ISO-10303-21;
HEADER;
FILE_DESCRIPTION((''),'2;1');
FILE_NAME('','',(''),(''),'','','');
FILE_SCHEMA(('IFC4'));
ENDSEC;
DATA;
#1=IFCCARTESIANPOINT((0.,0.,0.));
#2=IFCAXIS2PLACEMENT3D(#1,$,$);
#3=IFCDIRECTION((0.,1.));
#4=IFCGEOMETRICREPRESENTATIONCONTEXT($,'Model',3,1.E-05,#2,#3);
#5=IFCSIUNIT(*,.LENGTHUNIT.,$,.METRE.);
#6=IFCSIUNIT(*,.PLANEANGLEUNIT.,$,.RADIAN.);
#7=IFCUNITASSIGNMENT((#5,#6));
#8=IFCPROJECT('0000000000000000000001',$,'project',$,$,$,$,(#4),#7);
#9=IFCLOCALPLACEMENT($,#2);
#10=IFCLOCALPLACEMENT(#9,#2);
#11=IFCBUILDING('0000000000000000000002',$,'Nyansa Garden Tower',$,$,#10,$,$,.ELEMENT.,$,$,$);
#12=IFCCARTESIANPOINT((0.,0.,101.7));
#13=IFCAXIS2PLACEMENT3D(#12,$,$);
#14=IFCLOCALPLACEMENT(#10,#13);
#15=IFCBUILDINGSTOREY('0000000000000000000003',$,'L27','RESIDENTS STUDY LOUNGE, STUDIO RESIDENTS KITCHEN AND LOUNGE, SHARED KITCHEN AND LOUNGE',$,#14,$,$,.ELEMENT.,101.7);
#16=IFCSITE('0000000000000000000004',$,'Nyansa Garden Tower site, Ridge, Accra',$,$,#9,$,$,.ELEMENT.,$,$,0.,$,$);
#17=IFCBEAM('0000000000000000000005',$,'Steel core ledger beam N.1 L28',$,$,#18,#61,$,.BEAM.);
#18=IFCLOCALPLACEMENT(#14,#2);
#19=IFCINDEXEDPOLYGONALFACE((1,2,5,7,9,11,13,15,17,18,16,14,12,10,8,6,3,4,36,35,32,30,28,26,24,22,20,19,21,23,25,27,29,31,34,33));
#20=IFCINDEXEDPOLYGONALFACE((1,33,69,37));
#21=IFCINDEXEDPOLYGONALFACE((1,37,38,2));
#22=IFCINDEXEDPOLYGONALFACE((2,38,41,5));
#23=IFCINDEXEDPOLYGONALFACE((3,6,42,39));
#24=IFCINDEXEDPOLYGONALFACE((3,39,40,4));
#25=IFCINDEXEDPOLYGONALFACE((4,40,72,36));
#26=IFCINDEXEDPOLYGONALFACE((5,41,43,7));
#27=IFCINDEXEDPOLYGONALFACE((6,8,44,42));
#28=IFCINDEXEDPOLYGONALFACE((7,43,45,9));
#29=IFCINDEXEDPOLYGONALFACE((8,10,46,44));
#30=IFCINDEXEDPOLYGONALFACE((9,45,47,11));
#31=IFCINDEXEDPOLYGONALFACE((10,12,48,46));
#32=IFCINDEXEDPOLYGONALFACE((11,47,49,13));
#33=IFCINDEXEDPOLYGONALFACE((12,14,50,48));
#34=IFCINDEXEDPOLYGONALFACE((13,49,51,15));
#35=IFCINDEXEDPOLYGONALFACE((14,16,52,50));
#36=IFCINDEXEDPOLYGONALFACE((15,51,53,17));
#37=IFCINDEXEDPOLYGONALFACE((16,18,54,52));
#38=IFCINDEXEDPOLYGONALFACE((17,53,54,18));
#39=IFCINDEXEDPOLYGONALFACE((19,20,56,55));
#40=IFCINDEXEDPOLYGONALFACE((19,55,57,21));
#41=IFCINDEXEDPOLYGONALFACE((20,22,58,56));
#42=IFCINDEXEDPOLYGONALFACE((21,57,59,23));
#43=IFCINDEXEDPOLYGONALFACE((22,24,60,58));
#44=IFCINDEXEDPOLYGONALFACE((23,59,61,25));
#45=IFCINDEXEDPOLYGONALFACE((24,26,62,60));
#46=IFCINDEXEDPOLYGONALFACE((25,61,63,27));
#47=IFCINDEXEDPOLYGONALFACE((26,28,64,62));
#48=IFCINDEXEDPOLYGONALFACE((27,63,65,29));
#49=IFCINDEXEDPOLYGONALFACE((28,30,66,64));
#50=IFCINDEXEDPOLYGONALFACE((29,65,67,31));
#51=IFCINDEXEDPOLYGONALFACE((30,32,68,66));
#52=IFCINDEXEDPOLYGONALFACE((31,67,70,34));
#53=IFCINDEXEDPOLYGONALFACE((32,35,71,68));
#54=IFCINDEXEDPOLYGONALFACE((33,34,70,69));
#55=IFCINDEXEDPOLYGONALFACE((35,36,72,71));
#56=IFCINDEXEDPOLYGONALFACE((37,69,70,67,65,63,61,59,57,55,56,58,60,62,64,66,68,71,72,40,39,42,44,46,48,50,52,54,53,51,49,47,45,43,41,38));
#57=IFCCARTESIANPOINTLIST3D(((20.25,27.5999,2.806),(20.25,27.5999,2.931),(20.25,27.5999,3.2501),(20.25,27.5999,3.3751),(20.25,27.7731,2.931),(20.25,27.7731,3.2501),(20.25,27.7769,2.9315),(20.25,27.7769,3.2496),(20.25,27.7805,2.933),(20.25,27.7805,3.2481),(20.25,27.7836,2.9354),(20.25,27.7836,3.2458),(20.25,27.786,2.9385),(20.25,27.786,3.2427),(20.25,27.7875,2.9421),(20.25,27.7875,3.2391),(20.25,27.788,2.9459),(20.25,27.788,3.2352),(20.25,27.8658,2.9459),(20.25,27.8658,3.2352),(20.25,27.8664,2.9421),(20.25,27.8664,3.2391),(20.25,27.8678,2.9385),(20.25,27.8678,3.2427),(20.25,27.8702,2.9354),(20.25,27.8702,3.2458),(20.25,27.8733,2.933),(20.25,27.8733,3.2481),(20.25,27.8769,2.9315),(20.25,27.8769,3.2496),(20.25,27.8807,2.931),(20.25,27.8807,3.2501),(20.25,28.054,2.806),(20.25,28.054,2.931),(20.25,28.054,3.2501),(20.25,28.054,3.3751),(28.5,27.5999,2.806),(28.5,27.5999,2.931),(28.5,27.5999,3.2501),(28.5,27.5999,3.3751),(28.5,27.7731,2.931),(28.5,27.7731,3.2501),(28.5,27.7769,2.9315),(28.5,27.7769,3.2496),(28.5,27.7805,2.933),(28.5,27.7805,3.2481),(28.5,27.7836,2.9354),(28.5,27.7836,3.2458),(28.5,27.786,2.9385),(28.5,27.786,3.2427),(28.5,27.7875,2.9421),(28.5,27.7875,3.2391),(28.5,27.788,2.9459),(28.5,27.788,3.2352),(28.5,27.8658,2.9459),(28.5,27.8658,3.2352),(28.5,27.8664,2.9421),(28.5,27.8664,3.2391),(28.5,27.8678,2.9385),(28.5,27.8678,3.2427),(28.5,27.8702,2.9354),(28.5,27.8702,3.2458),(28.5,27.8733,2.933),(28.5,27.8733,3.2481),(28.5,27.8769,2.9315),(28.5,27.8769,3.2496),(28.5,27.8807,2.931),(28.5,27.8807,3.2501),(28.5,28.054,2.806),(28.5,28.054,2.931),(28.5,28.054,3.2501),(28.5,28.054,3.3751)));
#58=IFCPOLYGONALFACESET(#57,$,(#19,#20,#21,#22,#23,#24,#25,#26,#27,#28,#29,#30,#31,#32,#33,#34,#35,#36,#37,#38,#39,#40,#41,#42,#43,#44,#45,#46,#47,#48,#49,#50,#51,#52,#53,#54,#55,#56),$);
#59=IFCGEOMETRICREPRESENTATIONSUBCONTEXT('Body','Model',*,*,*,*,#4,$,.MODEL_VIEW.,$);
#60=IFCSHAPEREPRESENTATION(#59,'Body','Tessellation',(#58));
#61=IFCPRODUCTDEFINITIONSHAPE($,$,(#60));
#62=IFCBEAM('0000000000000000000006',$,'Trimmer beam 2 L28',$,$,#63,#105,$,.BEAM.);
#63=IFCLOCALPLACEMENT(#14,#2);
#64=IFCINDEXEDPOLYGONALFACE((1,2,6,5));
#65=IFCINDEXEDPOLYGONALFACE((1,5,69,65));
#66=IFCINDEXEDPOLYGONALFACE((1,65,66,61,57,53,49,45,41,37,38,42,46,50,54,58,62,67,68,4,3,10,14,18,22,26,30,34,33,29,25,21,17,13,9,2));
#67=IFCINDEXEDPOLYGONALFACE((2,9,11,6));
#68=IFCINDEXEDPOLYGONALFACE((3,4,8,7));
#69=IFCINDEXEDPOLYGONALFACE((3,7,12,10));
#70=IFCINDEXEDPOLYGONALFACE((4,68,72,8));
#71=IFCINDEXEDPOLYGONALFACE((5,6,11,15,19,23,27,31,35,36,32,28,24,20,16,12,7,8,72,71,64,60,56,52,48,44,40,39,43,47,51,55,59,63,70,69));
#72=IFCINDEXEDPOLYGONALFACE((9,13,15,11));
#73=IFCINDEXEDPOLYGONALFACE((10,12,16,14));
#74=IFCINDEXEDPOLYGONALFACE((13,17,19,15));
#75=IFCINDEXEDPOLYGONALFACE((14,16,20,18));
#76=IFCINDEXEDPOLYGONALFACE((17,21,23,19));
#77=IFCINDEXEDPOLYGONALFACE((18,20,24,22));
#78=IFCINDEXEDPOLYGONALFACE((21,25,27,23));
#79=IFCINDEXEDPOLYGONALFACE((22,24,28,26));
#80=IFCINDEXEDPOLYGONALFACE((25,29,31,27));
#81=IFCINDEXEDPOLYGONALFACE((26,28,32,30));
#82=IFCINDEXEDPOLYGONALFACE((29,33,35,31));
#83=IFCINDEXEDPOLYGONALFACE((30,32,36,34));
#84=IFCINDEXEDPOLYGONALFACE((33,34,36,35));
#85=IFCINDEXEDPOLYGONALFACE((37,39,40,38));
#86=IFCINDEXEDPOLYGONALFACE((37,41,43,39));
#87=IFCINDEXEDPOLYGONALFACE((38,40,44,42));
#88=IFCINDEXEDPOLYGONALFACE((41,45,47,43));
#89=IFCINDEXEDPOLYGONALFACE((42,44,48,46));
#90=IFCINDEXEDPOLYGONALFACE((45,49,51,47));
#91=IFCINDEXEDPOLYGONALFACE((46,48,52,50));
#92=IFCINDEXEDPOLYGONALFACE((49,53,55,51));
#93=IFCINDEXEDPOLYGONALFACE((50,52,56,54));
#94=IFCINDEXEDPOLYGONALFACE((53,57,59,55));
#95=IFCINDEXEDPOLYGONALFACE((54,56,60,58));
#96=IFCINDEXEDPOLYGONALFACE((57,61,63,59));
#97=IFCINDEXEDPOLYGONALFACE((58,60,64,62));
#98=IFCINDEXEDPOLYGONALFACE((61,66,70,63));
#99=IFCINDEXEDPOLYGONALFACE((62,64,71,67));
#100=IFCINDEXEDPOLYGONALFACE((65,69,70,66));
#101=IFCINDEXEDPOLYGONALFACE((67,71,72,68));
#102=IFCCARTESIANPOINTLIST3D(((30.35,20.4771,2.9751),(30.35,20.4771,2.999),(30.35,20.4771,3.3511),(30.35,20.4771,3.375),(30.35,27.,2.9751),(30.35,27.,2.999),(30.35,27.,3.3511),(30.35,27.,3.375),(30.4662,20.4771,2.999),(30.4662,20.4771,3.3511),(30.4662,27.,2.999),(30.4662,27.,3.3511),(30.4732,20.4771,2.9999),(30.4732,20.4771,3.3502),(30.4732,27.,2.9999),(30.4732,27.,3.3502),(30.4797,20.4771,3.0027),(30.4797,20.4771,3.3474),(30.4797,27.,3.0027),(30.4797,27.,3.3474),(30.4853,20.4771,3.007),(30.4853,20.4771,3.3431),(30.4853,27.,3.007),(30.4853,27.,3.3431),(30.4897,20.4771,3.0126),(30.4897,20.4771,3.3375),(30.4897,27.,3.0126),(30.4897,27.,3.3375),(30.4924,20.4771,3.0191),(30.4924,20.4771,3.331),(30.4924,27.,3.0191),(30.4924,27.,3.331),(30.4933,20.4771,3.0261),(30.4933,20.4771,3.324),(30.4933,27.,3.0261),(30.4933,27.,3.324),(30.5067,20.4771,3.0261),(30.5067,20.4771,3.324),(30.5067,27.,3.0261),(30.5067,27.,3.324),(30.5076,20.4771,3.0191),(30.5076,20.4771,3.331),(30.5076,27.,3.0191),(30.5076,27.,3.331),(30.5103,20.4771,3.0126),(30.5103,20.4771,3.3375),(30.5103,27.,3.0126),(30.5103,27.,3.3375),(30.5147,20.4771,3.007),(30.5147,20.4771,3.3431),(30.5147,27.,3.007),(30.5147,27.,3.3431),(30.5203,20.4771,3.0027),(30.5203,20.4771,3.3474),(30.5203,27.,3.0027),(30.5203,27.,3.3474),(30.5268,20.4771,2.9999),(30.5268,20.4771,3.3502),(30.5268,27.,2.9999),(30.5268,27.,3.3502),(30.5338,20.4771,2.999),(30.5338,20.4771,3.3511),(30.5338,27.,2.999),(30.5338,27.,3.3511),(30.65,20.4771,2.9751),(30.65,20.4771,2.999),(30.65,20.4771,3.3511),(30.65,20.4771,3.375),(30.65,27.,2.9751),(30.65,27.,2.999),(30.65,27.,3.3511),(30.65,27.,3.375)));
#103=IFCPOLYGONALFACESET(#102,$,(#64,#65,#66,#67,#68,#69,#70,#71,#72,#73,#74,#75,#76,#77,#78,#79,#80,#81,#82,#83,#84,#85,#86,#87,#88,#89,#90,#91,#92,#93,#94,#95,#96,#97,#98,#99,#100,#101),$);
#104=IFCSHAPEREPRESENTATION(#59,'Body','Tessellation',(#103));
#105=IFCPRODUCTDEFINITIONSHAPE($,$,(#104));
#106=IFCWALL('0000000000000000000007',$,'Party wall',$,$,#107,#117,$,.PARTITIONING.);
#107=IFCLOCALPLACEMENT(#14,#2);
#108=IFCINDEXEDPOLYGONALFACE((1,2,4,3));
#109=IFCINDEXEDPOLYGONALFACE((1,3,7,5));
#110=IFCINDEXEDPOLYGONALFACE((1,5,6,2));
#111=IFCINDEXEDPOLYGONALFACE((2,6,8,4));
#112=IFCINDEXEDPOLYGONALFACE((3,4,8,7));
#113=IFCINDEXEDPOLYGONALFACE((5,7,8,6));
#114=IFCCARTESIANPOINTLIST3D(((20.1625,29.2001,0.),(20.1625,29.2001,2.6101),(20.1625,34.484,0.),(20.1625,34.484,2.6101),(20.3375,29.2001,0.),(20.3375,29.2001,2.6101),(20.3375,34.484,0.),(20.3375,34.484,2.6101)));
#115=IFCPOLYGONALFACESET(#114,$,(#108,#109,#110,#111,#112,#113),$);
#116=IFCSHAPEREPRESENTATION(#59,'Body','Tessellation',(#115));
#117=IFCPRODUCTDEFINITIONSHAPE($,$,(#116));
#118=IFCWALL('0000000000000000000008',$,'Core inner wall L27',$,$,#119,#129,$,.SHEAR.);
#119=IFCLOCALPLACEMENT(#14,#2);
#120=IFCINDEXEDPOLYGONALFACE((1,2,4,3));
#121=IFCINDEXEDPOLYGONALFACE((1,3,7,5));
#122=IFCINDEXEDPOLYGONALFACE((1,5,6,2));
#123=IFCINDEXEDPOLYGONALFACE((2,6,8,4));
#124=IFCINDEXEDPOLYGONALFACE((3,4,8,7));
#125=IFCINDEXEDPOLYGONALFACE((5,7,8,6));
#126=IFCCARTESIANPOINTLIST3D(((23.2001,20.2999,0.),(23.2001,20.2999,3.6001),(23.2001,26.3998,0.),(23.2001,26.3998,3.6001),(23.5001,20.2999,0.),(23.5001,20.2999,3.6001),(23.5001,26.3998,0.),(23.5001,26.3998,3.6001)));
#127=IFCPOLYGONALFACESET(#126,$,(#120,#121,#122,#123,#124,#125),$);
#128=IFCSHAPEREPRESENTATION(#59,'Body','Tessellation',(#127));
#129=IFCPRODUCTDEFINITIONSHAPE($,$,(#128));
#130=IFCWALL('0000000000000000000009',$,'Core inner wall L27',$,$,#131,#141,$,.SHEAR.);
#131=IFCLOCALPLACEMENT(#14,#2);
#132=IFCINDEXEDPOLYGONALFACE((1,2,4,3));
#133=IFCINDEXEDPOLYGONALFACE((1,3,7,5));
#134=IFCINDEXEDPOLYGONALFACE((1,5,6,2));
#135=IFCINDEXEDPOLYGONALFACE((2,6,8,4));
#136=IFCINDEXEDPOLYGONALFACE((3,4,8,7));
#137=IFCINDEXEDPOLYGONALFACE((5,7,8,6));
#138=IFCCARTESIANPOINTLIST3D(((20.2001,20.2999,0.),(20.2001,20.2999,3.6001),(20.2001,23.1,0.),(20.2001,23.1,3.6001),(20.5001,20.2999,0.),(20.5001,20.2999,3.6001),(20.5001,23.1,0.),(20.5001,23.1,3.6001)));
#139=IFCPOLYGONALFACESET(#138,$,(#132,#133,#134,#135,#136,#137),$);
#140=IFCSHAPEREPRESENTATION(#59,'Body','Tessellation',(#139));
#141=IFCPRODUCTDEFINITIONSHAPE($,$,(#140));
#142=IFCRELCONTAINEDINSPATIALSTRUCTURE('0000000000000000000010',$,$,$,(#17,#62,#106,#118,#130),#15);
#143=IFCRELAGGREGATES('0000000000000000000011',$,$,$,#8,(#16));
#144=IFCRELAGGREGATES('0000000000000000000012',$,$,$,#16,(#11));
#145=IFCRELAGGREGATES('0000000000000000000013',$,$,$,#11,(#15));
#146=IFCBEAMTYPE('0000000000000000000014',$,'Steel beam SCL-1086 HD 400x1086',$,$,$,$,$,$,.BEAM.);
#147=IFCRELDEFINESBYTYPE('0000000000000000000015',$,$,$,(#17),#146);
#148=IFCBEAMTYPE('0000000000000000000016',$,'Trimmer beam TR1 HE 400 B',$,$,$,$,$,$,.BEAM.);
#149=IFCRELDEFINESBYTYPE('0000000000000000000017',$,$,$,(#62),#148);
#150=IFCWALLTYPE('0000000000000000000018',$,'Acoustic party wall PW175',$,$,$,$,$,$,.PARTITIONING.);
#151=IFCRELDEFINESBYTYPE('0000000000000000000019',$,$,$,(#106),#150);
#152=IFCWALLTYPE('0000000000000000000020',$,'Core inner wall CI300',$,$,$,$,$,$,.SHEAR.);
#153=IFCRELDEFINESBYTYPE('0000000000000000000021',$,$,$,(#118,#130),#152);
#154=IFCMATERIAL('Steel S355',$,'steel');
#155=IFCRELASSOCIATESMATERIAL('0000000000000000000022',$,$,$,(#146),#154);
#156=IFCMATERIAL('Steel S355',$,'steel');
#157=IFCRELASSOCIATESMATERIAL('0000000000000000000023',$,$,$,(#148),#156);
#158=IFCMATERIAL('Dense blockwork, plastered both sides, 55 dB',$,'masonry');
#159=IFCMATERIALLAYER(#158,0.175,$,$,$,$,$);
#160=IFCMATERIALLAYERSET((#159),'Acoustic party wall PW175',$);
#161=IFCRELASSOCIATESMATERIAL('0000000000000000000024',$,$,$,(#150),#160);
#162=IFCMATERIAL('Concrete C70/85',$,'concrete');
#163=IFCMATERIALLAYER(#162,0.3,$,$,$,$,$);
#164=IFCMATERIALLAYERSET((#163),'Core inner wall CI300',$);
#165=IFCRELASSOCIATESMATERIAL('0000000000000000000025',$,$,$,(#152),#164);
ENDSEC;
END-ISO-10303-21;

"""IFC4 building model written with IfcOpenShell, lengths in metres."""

from ifc_helpers import new_model, si_unit, direction, frame, frame_2d, origin, origin_2d, place, context, subcontext, project, spatial, rectangle, i_section, extrude, material, layer, layer_set, material_profile, profile_set, type_object, element, save


model = new_model("IFC4")

# Units and contexts
model_context = context("Model", 3, precision=1e-05, world=origin(), true_north=direction((0.0, 1.0)))
body_context = subcontext(model_context, "Body", "Model", "MODEL_VIEW")
ifc_project = project(units=[si_unit("LENGTHUNIT", "METRE"), si_unit("PLANEANGLEUNIT", "RADIAN")], contexts=[model_context])

# Site, building, storey
site_placement = place(None, origin())
site = spatial("IfcSite", under=ifc_project, at=site_placement, Name="Nyansa Garden Tower site, Ridge, Accra", CompositionType="ELEMENT", RefElevation=0.0)
building_placement = place(site_placement, origin())
building = spatial("IfcBuilding", under=site, at=building_placement, Name="Nyansa Garden Tower", CompositionType="ELEMENT")
storey_placement = place(building_placement, frame((0.0, 0.0, 101.7)))
storey = spatial("IfcBuildingStorey", under=building, at=storey_placement, Name="L27", Description="RESIDENTS STUDY LOUNGE, STUDIO RESIDENTS KITCHEN AND LOUNGE, SHARED KITCHEN AND LOUNGE", CompositionType="ELEMENT", Elevation=101.7)

# Beams
ifc_material_1 = material(Name="Steel S355", Category="steel")
ifc_material_profile_1 = material_profile(ifc_material_1, i_section(OverallWidth=0.4541, OverallDepth=0.5691, WebThickness=0.0779, FlangeThickness=0.125, FilletRadius=0.0149, at=origin_2d()), Name="HD 400x1086")
ifc_profile_set_1 = profile_set([ifc_material_profile_1], Name="Steel S355")
beam_type_1 = type_object("IfcBeamType", Name="Steel beam SCL-1086 HD 400x1086", PredefinedType="BEAM", material=ifc_profile_set_1)
beam_1_placement = place(storey_placement, frame((28.5, 27.8269, 3.0906), z_axis=(-1.0, 0.0, 0.0), x_axis=(0.0, -1.0, 0.0)))
element("IfcBeam", 1, at=beam_1_placement, inside=storey, type_object=beam_type_1, Name="Steel core ledger beam N.1 L28", PredefinedType="BEAM", context=body_context, shape_type="SweptSolid", body=[
    extrude(i_section(OverallWidth=0.4541, OverallDepth=0.5691, WebThickness=0.0779, FlangeThickness=0.125, FilletRadius=0.0149, at=origin_2d()), origin(), (0.0, 0.0, 1.0), 8.25),
])
ifc_material_2 = material(Name="Steel S355", Category="steel")
ifc_material_profile_2 = material_profile(ifc_material_2, i_section(OverallWidth=0.3, OverallDepth=0.3999, WebThickness=0.0134, FlangeThickness=0.0239, FilletRadius=0.0271, at=origin_2d()), Name="HE 400 B")
ifc_profile_set_2 = profile_set([ifc_material_profile_2], Name="Steel S355")
beam_type_2 = type_object("IfcBeamType", Name="Trimmer beam TR1 HE 400 B", PredefinedType="BEAM", material=ifc_profile_set_2)
beam_2_placement = place(storey_placement, frame((30.5, 20.4771, 3.175), z_axis=(0.0, 1.0, 0.0), x_axis=(-1.0, 0.0, 0.0)))
element("IfcBeam", 2, at=beam_2_placement, inside=storey, type_object=beam_type_2, Name="Trimmer beam 2 L28", PredefinedType="BEAM", context=body_context, shape_type="SweptSolid", body=[
    extrude(i_section(OverallWidth=0.3, OverallDepth=0.3999, WebThickness=0.0134, FlangeThickness=0.0239, FilletRadius=0.0271, at=origin_2d()), origin(), (0.0, 0.0, 1.0), 6.5229),
])

# Walls
ifc_material_3 = material(Name="Dense blockwork, plastered both sides, 55 dB", Category="masonry")
ifc_layer_1 = layer(ifc_material_3, 0.175)
ifc_layer_set_1 = layer_set([ifc_layer_1], Name="Acoustic party wall PW175")
wall_type_1 = type_object("IfcWallType", Name="Acoustic party wall PW175", PredefinedType="PARTITIONING", material=ifc_layer_set_1)
wall_1_placement = place(storey_placement, frame((20.25, 29.2, 0.0), z_axis=(0.0, 0.0, 1.0), x_axis=(0.0, 1.0, 0.0)))
element("IfcWall", 3, at=wall_1_placement, inside=storey, type_object=wall_type_1, Name="Party wall", PredefinedType="PARTITIONING", context=body_context, shape_type="SweptSolid", body=[
    extrude(rectangle(XDim=5.2839, YDim=0.175, at=frame_2d((2.6421, 0.0))), origin(), (0.0, 0.0, 1.0), 2.6101),
])
ifc_material_4 = material(Name="Concrete C70/85", Category="concrete")
ifc_layer_2 = layer(ifc_material_4, 0.3)
ifc_layer_set_2 = layer_set([ifc_layer_2], Name="Core inner wall CI300")
wall_type_2 = type_object("IfcWallType", Name="Core inner wall CI300", PredefinedType="SHEAR", material=ifc_layer_set_2)
wall_2_placement = place(storey_placement, frame((23.3501, 20.3, 0.0), z_axis=(0.0, 0.0, 1.0), x_axis=(0.0, 1.0, 0.0)))
element("IfcWall", 4, at=wall_2_placement, inside=storey, type_object=wall_type_2, Name="Core inner wall L27", PredefinedType="SHEAR", context=body_context, shape_type="SweptSolid", body=[
    extrude(rectangle(XDim=6.0999, YDim=0.3, at=frame_2d((3.0498, 0.0))), origin(), (0.0, 0.0, 1.0), 3.6001),
])
wall_3_placement = place(storey_placement, frame((20.3501, 20.3, 0.0), z_axis=(0.0, 0.0, 1.0), x_axis=(0.0, 1.0, 0.0)))
element("IfcWall", 5, at=wall_3_placement, inside=storey, type_object=wall_type_2, Name="Core inner wall L27", PredefinedType="SHEAR", context=body_context, shape_type="SweptSolid", body=[
    extrude(rectangle(XDim=2.8, YDim=0.3, at=frame_2d((1.3999, 0.0))), origin(), (0.0, 0.0, 1.0), 3.6001),
])

save(model, "model.ifc")
